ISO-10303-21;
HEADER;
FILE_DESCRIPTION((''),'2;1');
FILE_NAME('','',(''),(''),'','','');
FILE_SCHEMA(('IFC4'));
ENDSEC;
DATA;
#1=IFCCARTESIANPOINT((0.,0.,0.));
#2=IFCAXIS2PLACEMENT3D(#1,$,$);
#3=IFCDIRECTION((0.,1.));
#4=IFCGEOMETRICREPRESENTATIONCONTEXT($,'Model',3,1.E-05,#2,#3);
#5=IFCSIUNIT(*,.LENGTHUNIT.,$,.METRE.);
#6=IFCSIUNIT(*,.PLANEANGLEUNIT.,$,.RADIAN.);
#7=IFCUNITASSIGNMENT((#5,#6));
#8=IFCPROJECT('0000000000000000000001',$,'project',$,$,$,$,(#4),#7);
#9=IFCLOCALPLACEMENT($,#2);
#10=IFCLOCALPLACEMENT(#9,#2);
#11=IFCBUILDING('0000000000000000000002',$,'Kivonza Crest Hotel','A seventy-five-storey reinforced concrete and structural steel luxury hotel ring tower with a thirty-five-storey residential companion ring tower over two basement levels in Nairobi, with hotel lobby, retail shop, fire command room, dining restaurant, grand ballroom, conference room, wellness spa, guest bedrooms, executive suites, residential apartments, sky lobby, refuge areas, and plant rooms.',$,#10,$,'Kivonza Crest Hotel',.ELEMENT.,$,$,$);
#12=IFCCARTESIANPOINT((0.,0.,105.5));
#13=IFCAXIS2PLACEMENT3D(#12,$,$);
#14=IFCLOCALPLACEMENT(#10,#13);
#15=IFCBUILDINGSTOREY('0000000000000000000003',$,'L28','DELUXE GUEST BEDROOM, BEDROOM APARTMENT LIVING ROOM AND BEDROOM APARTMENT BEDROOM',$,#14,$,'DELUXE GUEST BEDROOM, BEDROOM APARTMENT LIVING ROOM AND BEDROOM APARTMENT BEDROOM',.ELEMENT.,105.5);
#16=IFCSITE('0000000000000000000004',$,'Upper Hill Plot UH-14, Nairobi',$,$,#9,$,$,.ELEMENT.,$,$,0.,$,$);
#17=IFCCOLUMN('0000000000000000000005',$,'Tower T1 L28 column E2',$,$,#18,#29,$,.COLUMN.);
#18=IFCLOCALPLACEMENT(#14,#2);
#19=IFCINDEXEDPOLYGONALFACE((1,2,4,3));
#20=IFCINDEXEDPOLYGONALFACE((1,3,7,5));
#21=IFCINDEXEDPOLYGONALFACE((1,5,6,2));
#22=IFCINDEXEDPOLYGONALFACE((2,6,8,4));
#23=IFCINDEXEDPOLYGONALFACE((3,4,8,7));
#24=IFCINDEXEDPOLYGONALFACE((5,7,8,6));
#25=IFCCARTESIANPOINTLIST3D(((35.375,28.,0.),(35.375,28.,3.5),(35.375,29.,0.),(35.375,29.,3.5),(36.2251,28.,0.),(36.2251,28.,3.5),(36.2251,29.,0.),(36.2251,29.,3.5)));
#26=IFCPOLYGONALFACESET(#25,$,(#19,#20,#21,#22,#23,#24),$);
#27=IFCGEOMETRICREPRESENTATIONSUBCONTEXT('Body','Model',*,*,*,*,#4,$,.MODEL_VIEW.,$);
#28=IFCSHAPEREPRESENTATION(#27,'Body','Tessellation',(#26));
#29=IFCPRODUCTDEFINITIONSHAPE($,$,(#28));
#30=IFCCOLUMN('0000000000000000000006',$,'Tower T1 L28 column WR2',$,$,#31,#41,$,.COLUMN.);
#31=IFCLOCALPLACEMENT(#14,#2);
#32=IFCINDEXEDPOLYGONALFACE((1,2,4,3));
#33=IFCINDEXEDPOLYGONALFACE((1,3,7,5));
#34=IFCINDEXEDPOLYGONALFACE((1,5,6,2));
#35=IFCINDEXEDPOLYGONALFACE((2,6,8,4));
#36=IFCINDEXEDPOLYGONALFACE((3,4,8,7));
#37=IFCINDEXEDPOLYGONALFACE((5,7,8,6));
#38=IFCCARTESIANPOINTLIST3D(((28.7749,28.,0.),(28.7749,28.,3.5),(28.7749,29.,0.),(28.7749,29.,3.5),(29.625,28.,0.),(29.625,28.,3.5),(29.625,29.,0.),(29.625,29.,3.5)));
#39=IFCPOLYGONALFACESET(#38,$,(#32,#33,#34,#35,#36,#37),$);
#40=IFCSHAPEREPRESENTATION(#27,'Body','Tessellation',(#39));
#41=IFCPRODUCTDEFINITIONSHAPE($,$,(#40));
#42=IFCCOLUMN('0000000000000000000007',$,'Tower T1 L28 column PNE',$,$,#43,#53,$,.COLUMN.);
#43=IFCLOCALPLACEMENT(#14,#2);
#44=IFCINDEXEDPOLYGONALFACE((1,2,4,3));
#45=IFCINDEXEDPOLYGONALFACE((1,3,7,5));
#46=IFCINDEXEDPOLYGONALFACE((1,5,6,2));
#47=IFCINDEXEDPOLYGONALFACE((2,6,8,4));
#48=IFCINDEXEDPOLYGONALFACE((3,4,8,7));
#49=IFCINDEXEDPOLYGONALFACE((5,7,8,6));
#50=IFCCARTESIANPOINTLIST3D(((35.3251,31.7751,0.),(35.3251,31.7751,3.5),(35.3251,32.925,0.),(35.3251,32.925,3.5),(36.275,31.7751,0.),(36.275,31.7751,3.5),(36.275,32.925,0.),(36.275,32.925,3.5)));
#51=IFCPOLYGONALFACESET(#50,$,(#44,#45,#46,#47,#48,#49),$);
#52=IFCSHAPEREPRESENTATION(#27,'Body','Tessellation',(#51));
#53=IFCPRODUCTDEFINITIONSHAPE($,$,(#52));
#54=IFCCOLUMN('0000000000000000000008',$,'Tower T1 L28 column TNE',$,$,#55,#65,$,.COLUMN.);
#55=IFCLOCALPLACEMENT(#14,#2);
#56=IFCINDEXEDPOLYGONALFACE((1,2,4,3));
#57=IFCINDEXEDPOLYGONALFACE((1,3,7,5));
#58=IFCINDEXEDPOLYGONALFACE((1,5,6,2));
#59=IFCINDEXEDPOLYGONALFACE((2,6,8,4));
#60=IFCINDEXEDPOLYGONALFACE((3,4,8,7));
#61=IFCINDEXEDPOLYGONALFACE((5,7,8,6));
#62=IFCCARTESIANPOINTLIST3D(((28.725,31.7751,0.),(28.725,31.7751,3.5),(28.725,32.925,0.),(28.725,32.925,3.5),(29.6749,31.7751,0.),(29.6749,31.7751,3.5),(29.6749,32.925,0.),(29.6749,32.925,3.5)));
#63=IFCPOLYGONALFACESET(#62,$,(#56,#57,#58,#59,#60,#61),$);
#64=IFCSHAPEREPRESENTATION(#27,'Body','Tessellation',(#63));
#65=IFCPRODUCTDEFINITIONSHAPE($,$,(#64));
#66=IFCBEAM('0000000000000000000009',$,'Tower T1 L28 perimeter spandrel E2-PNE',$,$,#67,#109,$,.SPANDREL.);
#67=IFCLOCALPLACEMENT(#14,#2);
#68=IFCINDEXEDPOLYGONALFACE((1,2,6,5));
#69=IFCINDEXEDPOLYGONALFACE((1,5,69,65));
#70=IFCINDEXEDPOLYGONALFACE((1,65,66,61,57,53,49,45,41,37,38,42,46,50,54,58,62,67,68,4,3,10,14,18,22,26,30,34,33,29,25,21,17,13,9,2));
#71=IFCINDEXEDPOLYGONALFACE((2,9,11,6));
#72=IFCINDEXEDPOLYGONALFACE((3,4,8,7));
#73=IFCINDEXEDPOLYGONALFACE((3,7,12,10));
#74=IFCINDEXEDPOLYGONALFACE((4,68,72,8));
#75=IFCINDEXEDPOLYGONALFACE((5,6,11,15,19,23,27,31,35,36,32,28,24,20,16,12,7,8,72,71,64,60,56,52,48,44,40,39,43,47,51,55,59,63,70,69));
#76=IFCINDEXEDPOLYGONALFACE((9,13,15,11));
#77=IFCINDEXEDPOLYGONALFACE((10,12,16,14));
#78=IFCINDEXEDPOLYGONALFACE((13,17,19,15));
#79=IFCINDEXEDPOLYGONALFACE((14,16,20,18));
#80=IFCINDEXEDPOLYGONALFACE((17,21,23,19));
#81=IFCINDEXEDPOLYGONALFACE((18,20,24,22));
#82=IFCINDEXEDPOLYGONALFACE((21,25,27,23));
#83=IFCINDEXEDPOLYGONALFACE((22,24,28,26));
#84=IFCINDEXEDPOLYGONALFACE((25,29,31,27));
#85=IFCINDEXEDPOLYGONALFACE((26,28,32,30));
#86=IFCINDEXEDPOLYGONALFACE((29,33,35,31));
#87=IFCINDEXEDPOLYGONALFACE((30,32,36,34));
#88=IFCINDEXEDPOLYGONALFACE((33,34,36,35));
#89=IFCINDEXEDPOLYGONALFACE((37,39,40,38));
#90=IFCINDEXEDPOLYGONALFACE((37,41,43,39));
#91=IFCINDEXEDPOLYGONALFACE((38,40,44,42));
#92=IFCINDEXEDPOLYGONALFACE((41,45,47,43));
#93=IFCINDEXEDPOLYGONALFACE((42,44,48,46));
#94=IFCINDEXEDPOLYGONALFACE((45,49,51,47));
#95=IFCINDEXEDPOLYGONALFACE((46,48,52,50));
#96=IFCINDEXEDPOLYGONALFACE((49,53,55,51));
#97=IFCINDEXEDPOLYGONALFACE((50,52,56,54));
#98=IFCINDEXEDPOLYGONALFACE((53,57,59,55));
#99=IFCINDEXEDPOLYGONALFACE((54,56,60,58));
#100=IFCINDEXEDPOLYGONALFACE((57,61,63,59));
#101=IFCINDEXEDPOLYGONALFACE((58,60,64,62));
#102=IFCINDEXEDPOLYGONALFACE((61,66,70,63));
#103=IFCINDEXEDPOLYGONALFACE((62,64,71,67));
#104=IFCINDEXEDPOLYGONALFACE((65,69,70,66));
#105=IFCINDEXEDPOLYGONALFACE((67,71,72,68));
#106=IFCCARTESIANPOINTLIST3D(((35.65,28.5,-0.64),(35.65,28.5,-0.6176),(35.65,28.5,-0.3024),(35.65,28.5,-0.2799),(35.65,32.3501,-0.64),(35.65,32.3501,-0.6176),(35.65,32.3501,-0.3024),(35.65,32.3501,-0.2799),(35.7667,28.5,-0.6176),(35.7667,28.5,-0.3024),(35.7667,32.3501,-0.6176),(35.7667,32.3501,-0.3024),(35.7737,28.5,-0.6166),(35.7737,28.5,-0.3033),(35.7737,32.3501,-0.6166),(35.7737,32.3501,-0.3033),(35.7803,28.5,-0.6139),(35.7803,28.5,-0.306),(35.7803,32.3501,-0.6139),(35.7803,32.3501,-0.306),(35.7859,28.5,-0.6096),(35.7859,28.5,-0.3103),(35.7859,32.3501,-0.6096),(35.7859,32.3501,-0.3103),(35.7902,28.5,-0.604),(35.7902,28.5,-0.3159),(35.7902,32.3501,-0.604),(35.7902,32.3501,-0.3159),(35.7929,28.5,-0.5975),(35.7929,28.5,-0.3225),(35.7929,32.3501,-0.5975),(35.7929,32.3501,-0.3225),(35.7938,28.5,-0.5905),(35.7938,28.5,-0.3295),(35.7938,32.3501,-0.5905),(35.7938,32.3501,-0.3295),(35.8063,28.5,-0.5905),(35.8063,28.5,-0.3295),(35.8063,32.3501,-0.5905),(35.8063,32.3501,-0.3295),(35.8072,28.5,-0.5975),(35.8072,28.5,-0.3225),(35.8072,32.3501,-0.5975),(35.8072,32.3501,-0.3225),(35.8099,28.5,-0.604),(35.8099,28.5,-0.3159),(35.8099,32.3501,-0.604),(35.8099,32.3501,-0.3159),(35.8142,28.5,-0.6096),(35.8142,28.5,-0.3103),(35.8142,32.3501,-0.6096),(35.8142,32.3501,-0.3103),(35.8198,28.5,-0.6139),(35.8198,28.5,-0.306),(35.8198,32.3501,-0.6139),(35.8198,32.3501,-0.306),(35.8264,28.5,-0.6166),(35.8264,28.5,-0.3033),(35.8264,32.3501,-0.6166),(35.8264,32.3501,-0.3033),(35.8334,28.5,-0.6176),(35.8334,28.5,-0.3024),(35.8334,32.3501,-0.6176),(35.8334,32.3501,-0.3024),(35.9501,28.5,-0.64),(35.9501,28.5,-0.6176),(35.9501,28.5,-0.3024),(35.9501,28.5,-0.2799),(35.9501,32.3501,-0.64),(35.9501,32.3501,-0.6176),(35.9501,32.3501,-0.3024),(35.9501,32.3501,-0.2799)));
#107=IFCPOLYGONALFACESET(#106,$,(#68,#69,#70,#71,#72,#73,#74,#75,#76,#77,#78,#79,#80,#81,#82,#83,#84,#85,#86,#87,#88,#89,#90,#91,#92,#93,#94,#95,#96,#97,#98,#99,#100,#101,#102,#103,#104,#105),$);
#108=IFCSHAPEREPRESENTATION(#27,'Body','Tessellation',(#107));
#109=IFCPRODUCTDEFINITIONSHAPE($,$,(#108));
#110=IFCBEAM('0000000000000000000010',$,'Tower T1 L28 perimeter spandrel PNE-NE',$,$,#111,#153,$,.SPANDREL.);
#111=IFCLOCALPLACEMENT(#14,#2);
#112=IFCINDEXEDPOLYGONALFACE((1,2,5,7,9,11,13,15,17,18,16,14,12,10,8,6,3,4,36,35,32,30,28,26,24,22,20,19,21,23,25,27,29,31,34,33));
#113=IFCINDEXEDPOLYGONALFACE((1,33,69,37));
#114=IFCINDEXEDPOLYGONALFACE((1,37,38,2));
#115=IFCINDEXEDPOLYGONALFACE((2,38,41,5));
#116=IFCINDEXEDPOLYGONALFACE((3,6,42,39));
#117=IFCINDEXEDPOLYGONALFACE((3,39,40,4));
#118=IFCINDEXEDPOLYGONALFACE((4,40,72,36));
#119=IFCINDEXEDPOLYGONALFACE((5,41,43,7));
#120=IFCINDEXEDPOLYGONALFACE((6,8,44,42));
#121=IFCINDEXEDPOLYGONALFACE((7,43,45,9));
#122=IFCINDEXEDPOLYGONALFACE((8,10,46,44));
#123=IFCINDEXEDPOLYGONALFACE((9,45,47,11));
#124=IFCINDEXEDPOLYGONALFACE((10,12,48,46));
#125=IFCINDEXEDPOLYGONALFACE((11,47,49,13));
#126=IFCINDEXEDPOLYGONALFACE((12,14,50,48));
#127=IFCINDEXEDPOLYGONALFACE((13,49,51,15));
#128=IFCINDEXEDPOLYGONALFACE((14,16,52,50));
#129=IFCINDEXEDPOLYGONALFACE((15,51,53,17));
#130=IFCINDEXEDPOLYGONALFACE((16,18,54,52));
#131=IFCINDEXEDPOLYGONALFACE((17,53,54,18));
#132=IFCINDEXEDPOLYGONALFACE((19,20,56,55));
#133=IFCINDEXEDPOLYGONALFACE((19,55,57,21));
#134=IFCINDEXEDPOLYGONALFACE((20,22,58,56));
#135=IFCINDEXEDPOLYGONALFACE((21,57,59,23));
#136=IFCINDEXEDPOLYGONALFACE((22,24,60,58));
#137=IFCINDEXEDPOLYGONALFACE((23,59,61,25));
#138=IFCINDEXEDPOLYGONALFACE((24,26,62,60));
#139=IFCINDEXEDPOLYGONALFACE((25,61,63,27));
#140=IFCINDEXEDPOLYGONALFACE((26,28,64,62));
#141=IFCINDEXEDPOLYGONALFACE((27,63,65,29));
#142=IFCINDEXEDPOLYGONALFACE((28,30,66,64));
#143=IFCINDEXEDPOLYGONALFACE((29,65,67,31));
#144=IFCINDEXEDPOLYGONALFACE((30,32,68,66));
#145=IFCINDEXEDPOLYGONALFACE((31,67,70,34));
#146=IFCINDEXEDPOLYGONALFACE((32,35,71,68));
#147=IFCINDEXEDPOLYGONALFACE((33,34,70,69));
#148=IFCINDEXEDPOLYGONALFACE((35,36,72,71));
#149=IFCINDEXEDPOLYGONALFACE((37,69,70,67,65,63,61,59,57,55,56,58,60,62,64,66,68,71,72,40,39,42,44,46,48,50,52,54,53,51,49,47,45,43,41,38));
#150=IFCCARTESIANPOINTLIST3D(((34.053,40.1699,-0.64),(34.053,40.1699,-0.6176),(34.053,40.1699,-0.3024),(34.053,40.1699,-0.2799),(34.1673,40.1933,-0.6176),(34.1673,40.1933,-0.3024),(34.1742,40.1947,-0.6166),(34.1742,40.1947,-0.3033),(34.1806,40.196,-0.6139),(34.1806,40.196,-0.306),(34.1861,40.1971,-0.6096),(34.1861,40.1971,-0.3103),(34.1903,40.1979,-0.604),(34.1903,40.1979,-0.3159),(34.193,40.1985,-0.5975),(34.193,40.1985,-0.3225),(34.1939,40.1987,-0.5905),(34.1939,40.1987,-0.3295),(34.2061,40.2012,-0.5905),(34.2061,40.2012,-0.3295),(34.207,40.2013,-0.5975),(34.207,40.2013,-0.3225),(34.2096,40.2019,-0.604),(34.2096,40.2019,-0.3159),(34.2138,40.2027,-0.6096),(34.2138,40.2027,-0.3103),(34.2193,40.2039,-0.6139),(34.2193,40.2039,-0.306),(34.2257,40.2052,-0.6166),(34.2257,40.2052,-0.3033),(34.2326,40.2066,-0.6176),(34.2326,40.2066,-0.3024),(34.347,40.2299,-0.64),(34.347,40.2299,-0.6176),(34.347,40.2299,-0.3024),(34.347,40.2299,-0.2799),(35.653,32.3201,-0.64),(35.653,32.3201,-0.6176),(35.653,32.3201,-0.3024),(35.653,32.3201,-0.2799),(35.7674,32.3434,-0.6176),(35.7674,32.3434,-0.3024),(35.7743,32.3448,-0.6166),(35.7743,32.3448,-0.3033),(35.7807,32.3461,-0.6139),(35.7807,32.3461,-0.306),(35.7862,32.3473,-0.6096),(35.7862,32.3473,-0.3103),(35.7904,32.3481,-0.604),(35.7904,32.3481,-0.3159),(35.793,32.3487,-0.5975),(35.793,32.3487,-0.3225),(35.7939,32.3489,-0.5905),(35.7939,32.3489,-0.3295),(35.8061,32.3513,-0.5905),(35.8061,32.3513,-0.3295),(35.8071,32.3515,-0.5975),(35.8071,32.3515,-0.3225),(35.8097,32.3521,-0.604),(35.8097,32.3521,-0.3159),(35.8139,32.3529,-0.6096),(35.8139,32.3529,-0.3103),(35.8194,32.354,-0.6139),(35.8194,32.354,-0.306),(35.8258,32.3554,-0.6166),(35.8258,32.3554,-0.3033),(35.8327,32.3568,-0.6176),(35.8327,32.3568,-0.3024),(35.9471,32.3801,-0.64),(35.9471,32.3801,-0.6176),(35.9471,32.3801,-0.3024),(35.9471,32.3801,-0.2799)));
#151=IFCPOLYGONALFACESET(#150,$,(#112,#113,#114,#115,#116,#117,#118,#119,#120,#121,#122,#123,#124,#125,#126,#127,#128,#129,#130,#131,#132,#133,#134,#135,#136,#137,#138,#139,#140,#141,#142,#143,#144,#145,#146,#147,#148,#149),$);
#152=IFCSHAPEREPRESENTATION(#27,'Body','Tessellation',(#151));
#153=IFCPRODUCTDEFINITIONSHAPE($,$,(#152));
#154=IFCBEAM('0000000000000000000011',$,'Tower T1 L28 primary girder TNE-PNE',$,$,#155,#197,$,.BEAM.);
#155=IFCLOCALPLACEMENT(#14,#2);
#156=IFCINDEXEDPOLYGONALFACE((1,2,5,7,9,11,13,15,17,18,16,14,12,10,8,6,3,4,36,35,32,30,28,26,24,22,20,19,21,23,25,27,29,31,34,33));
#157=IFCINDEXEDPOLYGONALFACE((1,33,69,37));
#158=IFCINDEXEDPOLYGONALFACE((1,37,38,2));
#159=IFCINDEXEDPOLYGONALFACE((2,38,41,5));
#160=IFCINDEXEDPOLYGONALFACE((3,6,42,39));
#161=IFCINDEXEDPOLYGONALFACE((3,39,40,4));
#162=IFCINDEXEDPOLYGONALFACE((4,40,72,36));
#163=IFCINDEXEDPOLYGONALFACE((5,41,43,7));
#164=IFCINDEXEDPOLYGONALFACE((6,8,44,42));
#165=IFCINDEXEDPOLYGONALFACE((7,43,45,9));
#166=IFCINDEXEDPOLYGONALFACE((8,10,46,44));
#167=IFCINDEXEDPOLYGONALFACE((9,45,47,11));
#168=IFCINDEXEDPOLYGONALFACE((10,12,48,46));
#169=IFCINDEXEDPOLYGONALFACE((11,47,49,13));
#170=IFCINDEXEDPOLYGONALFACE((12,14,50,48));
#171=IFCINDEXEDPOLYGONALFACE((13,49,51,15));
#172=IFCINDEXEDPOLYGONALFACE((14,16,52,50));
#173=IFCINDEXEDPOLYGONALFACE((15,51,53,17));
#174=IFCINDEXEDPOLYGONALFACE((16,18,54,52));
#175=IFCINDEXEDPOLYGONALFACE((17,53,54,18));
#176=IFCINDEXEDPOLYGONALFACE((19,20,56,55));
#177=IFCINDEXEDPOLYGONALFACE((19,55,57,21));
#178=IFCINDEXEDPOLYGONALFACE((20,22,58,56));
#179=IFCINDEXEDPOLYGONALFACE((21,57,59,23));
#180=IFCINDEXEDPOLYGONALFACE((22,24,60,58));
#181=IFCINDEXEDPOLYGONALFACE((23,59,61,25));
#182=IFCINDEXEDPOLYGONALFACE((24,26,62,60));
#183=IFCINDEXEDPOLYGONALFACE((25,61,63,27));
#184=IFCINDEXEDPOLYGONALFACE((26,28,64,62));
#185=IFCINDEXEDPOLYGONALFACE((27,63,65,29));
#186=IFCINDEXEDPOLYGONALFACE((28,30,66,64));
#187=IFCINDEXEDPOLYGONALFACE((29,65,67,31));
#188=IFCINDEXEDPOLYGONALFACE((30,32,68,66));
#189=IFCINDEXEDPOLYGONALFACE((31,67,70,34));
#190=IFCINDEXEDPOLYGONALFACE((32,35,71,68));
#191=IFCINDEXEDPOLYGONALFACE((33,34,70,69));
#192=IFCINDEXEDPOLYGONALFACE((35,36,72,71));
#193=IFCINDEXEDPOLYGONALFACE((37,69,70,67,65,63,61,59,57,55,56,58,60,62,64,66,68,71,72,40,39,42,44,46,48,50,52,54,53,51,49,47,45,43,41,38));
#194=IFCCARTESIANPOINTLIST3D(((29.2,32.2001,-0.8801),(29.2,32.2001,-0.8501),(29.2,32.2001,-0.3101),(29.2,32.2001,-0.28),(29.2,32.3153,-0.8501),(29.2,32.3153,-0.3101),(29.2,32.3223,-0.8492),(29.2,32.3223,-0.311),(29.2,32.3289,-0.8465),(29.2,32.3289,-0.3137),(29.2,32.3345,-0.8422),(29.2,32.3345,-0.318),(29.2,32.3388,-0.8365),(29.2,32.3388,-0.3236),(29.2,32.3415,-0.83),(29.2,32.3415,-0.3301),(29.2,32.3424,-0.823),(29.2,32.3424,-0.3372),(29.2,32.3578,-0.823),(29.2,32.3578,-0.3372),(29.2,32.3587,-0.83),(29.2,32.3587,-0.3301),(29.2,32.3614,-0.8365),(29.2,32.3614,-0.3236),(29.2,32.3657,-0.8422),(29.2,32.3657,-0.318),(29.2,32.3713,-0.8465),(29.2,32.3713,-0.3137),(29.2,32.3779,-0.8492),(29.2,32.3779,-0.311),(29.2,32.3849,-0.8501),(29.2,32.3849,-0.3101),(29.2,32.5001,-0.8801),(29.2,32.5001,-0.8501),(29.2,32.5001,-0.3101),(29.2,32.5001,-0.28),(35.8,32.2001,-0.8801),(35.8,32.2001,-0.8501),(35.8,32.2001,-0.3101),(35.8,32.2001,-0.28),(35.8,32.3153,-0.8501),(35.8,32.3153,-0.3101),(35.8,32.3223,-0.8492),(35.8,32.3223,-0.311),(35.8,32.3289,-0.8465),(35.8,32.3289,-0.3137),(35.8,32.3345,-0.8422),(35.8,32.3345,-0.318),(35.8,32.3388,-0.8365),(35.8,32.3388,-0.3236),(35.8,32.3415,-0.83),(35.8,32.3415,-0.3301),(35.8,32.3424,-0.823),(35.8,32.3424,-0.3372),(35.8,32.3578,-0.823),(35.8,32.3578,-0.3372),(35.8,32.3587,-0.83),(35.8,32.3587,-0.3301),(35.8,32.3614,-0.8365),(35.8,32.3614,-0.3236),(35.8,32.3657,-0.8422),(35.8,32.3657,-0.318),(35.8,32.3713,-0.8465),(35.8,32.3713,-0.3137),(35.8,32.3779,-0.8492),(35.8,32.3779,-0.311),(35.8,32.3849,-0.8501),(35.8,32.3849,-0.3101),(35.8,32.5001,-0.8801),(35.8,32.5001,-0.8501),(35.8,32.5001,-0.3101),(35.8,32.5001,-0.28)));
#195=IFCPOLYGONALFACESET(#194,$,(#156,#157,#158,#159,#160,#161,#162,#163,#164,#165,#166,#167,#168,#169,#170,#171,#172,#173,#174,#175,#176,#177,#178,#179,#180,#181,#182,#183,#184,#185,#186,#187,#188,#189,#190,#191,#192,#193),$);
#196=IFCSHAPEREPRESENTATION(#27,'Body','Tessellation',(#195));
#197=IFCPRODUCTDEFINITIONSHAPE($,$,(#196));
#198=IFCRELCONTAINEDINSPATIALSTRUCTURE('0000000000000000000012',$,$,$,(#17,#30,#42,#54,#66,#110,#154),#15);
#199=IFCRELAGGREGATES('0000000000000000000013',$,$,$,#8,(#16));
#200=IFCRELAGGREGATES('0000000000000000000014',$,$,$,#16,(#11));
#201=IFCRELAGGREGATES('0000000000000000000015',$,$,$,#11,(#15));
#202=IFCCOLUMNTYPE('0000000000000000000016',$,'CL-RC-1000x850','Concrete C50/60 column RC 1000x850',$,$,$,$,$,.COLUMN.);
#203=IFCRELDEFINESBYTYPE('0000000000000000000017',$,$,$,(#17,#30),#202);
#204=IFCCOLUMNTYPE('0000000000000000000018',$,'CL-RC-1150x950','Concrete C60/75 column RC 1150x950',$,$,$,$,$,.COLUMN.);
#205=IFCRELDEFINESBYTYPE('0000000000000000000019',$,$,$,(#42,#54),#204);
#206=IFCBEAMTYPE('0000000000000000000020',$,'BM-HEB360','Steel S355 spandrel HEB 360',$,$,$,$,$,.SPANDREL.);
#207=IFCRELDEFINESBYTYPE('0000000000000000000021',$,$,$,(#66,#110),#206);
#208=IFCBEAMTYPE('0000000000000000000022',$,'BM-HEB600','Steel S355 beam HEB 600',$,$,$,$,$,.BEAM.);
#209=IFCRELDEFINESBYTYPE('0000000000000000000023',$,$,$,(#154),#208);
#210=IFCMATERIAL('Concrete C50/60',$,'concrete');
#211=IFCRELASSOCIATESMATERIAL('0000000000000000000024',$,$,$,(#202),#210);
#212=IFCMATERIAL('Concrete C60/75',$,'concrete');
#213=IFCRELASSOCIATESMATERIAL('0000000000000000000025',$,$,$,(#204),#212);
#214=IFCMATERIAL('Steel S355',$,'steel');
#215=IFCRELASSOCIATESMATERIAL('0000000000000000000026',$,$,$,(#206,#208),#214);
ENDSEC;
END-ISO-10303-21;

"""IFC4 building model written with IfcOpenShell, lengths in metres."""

from ifc_helpers import new_model, si_unit, direction, frame, origin, origin_2d, place, context, subcontext, project, spatial, rectangle, i_section, extrude, material, material_profile, profile_set, type_object, element, save


model = new_model("IFC4")

# Units and contexts
model_context = context("Model", 3, precision=1e-05, world=origin(), true_north=direction((0.0, 1.0)))
body_context = subcontext(model_context, "Body", "Model", "MODEL_VIEW")
ifc_project = project(units=[si_unit("LENGTHUNIT", "METRE"), si_unit("PLANEANGLEUNIT", "RADIAN")], contexts=[model_context])

# Site, building, storey
site_placement = place(None, origin())
site = spatial("IfcSite", under=ifc_project, at=site_placement, Name="Upper Hill Plot UH-14, Nairobi", CompositionType="ELEMENT", RefElevation=0.0)
building_placement = place(site_placement, origin())
building = spatial("IfcBuilding", under=site, at=building_placement, Name="Kivonza Crest Hotel", Description="A seventy-five-storey reinforced concrete and structural steel luxury hotel ring tower with a thirty-five-storey residential companion ring tower over two basement levels in Nairobi, with hotel lobby, retail shop, fire command room, dining restaurant, grand ballroom, conference room, wellness spa, guest bedrooms, executive suites, residential apartments, sky lobby, refuge areas, and plant rooms.", LongName="Kivonza Crest Hotel", CompositionType="ELEMENT")
storey_placement = place(building_placement, frame((0.0, 0.0, 105.5)))
storey = spatial("IfcBuildingStorey", under=building, at=storey_placement, Name="L28", Description="DELUXE GUEST BEDROOM, BEDROOM APARTMENT LIVING ROOM AND BEDROOM APARTMENT BEDROOM", LongName="DELUXE GUEST BEDROOM, BEDROOM APARTMENT LIVING ROOM AND BEDROOM APARTMENT BEDROOM", CompositionType="ELEMENT", Elevation=105.5)

# Columns
ifc_material_1 = material(Name="Concrete C50/60", Category="concrete")
ifc_material_profile_1 = material_profile(ifc_material_1, rectangle(XDim=0.8501, YDim=1.0, at=origin_2d()), Name="RC 1000x850")
ifc_profile_set_1 = profile_set([ifc_material_profile_1], Name="Concrete C50/60")
column_type_1 = type_object("IfcColumnType", Name="CL-RC-1000x850", Description="Concrete C50/60 column RC 1000x850", PredefinedType="COLUMN", material=ifc_profile_set_1)
for number, where, z_axis, x_axis, name in (
    (1, (35.8, 28.5, 0.0), (0.0, 0.0, 1.0), (1.0, 0.0, 0.0), "Tower T1 L28 column E2"),
    (2, (29.2, 28.5, 0.0), (0.0, 0.0, 1.0), (1.0, 0.0, 0.0), "Tower T1 L28 column WR2"),
):
    element("IfcColumn", number, at=place(storey_placement, frame(where, z_axis=z_axis, x_axis=x_axis)), inside=storey, type_object=column_type_1, Name=name, PredefinedType="COLUMN", context=body_context, shape_type="SweptSolid", body=[
        extrude(rectangle(XDim=0.8501, YDim=1.0, at=origin_2d()), origin(), (0.0, 0.0, 1.0), 3.5),
    ])
ifc_material_2 = material(Name="Concrete C60/75", Category="concrete")
ifc_material_profile_2 = material_profile(ifc_material_2, rectangle(XDim=0.95, YDim=1.1499, at=origin_2d()), Name="RC 1150x950")
ifc_profile_set_2 = profile_set([ifc_material_profile_2], Name="Concrete C60/75")
column_type_2 = type_object("IfcColumnType", Name="CL-RC-1150x950", Description="Concrete C60/75 column RC 1150x950", PredefinedType="COLUMN", material=ifc_profile_set_2)
for number, where, z_axis, x_axis, name in (
    (3, (35.8, 32.3501, 0.0), (0.0, 0.0, 1.0), (1.0, 0.0, 0.0), "Tower T1 L28 column PNE"),
    (4, (29.2, 32.3501, 0.0), (0.0, 0.0, 1.0), (1.0, 0.0, 0.0), "Tower T1 L28 column TNE"),
):
    element("IfcColumn", number, at=place(storey_placement, frame(where, z_axis=z_axis, x_axis=x_axis)), inside=storey, type_object=column_type_2, Name=name, PredefinedType="COLUMN", context=body_context, shape_type="SweptSolid", body=[
        extrude(rectangle(XDim=0.95, YDim=1.1499, at=origin_2d()), origin(), (0.0, 0.0, 1.0), 3.5),
    ])

# Beams
ifc_material_3 = material(Name="Steel S355", Category="steel")
ifc_material_profile_3 = material_profile(ifc_material_3, i_section(OverallWidth=0.3, OverallDepth=0.3601, WebThickness=0.0125, FlangeThickness=0.0225, FilletRadius=0.0271, at=origin_2d()), Name="HEB 360")
ifc_profile_set_3 = profile_set([ifc_material_profile_3], Name="Steel S355")
beam_type_1 = type_object("IfcBeamType", Name="BM-HEB360", Description="Steel S355 spandrel HEB 360", PredefinedType="SPANDREL", material=ifc_profile_set_3)
beam_1_placement = place(storey_placement, frame((35.8, 28.5, -0.46), z_axis=(0.0, 1.0, 0.0), x_axis=(-1.0, 0.0, 0.0)))
element("IfcBeam", 5, at=beam_1_placement, inside=storey, type_object=beam_type_1, Name="Tower T1 L28 perimeter spandrel E2-PNE", PredefinedType="SPANDREL", context=body_context, shape_type="SweptSolid", body=[
    extrude(i_section(OverallWidth=0.3, OverallDepth=0.3601, WebThickness=0.0125, FlangeThickness=0.0225, FilletRadius=0.0271, at=origin_2d()), origin(), (0.0, 0.0, 1.0), 3.8501),
])
beam_2_placement = place(storey_placement, frame((35.8, 32.3501, -0.46), z_axis=(-0.199731, 0.979851, 0.0), x_axis=(-0.979851, -0.199731, 0.0)))
element("IfcBeam", 6, at=beam_2_placement, inside=storey, type_object=beam_type_1, Name="Tower T1 L28 perimeter spandrel PNE-NE", PredefinedType="SPANDREL", context=body_context, shape_type="SweptSolid", body=[
    extrude(i_section(OverallWidth=0.3, OverallDepth=0.3601, WebThickness=0.0125, FlangeThickness=0.0225, FilletRadius=0.0271, at=origin_2d()), origin(), (0.0, 0.0, 1.0), 8.0112),
])
ifc_material_profile_4 = material_profile(ifc_material_3, i_section(OverallWidth=0.3, OverallDepth=0.6001, WebThickness=0.0154, FlangeThickness=0.03, FilletRadius=0.0271, at=origin_2d()), Name="HEB 600")
ifc_profile_set_4 = profile_set([ifc_material_profile_4], Name="Steel S355")
beam_type_2 = type_object("IfcBeamType", Name="BM-HEB600", Description="Steel S355 beam HEB 600", PredefinedType="BEAM", material=ifc_profile_set_4)
beam_3_placement = place(storey_placement, frame((29.2, 32.3501, -0.5801), z_axis=(1.0, 0.0, 0.0), x_axis=(0.0, 1.0, 0.0)))
element("IfcBeam", 7, at=beam_3_placement, inside=storey, type_object=beam_type_2, Name="Tower T1 L28 primary girder TNE-PNE", PredefinedType="BEAM", context=body_context, shape_type="SweptSolid", body=[
    extrude(i_section(OverallWidth=0.3, OverallDepth=0.6001, WebThickness=0.0154, FlangeThickness=0.03, FilletRadius=0.0271, at=origin_2d()), origin(), (0.0, 0.0, 1.0), 6.6001),
])

save(model, "model.ifc")
